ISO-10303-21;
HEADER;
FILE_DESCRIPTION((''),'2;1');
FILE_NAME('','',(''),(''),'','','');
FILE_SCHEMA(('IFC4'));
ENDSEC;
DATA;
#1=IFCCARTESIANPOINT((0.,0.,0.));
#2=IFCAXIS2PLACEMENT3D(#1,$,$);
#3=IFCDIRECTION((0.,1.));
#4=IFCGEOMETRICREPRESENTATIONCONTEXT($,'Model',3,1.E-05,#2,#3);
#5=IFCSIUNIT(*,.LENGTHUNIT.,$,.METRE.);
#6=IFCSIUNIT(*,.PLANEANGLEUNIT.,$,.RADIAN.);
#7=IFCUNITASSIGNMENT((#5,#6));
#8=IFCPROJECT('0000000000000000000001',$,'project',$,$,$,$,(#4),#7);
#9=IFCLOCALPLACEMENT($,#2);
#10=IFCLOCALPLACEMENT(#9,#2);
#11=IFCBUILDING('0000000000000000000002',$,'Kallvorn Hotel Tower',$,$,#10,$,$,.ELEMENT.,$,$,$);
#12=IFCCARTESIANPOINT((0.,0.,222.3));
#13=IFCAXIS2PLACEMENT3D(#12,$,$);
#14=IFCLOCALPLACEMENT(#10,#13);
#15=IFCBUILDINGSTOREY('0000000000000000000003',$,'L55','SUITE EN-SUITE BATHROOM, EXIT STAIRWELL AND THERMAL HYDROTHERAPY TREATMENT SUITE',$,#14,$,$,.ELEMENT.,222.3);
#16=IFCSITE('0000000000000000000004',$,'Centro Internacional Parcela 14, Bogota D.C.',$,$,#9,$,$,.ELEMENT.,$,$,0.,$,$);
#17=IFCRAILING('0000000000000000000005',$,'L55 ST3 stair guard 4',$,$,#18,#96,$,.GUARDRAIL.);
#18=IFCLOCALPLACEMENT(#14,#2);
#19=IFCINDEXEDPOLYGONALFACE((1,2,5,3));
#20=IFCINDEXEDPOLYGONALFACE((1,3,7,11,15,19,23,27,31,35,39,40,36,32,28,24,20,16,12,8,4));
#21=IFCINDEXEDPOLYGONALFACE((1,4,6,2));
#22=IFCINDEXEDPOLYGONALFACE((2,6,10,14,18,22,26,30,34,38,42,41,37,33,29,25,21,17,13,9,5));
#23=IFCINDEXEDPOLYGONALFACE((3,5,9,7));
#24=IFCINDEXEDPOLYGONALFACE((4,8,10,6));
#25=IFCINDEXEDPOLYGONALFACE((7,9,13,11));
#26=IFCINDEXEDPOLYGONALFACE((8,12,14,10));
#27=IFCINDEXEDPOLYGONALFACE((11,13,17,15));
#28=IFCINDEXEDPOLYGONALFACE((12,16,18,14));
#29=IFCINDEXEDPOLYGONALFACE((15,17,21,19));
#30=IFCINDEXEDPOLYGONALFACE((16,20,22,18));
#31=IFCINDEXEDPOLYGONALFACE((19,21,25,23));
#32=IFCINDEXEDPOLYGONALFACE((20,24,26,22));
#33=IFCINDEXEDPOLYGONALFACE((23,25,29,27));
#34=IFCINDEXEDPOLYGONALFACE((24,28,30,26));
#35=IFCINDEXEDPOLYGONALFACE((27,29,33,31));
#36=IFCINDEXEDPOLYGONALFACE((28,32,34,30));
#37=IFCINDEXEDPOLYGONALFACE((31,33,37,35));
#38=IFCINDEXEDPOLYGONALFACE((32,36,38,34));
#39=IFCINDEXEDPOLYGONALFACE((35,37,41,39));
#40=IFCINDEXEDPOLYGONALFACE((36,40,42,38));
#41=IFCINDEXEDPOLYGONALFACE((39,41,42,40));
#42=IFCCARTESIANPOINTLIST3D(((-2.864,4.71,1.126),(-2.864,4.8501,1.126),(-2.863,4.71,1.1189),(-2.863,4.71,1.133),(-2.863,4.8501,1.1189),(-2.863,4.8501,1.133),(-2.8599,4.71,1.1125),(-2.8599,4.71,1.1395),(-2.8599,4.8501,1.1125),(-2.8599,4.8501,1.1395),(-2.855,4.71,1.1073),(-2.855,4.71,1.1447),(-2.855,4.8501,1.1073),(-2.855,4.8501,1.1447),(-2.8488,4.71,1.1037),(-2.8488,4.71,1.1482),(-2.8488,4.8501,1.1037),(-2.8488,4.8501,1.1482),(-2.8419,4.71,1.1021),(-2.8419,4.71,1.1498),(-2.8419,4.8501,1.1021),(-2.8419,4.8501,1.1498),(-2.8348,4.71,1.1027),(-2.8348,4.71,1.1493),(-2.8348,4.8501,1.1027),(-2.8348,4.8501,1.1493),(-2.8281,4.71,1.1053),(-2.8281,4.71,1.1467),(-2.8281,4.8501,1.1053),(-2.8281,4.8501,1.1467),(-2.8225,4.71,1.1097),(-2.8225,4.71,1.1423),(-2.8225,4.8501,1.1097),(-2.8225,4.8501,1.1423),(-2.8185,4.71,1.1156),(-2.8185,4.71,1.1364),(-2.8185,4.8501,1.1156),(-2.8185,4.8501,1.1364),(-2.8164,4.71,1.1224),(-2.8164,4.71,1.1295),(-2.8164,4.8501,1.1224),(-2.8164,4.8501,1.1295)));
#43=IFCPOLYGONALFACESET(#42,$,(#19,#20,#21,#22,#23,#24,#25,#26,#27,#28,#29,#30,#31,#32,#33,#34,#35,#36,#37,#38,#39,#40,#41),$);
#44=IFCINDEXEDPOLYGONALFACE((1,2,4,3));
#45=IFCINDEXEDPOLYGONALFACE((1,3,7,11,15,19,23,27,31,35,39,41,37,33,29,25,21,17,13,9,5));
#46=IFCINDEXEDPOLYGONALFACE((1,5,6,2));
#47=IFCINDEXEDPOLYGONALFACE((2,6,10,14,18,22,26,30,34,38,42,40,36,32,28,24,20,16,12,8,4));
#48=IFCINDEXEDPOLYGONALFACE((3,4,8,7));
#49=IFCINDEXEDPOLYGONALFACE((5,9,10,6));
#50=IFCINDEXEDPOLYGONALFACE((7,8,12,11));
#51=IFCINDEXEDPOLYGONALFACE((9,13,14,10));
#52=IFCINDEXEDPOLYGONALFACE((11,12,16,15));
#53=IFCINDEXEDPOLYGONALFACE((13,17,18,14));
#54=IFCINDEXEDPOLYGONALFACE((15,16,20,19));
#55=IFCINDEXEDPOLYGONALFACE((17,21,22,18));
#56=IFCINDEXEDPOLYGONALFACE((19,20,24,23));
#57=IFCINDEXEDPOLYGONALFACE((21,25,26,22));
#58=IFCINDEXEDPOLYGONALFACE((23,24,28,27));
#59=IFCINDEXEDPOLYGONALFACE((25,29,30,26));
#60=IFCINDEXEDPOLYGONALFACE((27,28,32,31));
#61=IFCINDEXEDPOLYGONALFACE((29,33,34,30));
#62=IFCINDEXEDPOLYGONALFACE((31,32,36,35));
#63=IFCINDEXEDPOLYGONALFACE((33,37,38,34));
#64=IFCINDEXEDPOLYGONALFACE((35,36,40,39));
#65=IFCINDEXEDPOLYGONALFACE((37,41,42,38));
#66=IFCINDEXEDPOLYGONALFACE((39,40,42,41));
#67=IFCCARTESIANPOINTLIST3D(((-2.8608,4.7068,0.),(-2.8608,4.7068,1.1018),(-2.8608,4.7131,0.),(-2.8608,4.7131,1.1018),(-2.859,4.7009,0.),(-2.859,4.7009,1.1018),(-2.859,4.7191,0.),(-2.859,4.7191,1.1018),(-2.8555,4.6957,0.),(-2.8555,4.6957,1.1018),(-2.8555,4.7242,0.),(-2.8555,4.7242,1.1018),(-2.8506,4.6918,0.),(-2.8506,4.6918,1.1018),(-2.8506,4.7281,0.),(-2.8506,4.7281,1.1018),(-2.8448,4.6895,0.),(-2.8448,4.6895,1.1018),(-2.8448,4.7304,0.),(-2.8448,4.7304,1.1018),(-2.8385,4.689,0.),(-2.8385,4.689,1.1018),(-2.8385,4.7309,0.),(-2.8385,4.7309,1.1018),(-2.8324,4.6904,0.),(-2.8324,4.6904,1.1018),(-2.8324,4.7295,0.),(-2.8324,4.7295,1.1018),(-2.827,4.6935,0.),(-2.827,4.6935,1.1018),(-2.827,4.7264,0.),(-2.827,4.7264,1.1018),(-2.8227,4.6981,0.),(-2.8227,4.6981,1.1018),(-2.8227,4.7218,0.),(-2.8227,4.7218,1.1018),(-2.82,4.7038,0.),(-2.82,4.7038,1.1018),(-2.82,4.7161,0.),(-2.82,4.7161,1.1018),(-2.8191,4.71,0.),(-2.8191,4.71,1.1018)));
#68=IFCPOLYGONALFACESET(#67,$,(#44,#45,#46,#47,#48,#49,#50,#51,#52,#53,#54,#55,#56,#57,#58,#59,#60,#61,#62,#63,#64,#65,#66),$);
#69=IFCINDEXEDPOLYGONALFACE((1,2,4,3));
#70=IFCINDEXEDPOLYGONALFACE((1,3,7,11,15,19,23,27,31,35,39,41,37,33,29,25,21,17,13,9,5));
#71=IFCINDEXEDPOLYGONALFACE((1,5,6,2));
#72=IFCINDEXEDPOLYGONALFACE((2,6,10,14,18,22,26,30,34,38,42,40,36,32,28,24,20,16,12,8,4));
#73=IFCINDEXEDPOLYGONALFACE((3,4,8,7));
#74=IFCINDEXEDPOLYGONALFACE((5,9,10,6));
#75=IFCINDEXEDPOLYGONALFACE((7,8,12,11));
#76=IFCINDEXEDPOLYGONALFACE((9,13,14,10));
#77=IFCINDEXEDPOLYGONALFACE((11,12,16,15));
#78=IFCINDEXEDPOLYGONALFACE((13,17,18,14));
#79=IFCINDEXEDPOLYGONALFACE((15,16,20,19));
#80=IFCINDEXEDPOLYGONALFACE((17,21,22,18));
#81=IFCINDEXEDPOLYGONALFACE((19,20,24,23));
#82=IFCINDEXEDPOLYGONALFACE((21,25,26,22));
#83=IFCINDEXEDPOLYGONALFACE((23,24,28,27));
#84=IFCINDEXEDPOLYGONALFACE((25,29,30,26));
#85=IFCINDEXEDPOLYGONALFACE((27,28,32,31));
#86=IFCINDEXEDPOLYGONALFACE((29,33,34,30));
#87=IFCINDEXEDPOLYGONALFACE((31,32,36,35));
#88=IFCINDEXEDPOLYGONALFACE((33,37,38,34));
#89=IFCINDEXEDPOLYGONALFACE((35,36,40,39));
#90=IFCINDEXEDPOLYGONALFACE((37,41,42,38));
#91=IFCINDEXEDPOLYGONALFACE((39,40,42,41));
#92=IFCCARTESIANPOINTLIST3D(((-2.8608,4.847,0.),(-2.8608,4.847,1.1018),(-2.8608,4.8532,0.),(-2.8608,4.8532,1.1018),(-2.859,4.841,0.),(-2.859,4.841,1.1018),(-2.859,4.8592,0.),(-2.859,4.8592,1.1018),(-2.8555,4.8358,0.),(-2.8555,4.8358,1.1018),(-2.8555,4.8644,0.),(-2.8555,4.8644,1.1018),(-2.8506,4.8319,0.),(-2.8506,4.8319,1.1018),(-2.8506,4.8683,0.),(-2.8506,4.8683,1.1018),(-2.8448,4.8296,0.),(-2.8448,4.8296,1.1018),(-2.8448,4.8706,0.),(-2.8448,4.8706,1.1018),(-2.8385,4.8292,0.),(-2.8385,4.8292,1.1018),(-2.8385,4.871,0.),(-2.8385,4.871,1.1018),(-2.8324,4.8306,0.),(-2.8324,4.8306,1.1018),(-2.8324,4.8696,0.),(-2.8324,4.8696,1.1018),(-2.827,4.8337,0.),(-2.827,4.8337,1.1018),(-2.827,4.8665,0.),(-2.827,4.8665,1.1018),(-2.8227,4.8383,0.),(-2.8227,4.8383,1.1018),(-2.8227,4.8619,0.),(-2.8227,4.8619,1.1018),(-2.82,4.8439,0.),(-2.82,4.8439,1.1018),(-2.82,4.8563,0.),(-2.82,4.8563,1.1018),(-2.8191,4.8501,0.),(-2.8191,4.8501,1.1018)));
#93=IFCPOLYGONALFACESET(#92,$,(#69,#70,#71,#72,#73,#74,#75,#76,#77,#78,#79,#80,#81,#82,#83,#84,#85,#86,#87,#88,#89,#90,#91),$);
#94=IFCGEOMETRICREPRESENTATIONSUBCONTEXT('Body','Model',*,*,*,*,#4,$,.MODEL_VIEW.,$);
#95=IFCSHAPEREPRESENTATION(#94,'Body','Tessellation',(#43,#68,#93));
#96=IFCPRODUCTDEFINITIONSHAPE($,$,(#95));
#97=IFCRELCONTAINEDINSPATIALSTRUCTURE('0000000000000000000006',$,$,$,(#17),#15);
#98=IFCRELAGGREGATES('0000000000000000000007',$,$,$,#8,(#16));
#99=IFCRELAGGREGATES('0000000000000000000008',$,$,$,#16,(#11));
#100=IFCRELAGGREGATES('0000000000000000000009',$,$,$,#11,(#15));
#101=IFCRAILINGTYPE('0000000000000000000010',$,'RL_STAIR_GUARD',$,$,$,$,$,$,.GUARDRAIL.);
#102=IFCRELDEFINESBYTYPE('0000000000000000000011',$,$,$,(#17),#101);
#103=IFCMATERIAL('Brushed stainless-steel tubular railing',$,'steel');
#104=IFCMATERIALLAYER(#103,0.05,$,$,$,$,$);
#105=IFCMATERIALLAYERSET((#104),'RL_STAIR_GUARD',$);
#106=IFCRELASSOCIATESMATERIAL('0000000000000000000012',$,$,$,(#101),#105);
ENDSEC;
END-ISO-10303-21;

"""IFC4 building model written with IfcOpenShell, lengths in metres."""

from ifc_helpers import new_model, si_unit, direction, frame, origin, origin_2d, place, context, subcontext, project, spatial, circle, extrude, material, layer, layer_set, type_object, element, save


model = new_model("IFC4")

# Units and contexts
model_context = context("Model", 3, precision=1e-05, world=origin(), true_north=direction((0.0, 1.0)))
body_context = subcontext(model_context, "Body", "Model", "MODEL_VIEW")
ifc_project = project(units=[si_unit("LENGTHUNIT", "METRE"), si_unit("PLANEANGLEUNIT", "RADIAN")], contexts=[model_context])

# Site, building, storey
site_placement = place(None, origin())
site = spatial("IfcSite", under=ifc_project, at=site_placement, Name="Centro Internacional Parcela 14, Bogota D.C.", CompositionType="ELEMENT", RefElevation=0.0)
building_placement = place(site_placement, origin())
building = spatial("IfcBuilding", under=site, at=building_placement, Name="Kallvorn Hotel Tower", CompositionType="ELEMENT")
storey_placement = place(building_placement, frame((0.0, 0.0, 222.3)))
storey = spatial("IfcBuildingStorey", under=building, at=storey_placement, Name="L55", Description="SUITE EN-SUITE BATHROOM, EXIT STAIRWELL AND THERMAL HYDROTHERAPY TREATMENT SUITE", CompositionType="ELEMENT", Elevation=222.3)

# Railing
ifc_material_1 = material(Name="Brushed stainless-steel tubular railing", Category="steel")
ifc_layer_1 = layer(ifc_material_1, 0.05)
ifc_layer_set_1 = layer_set([ifc_layer_1], Name="RL_STAIR_GUARD")
railing_type_1 = type_object("IfcRailingType", Name="RL_STAIR_GUARD", PredefinedType="GUARDRAIL", material=ifc_layer_set_1)
railing_1_placement = place(storey_placement, frame((-2.8401, 4.71, 0.0)))
element("IfcRailing", 1, at=railing_1_placement, inside=storey, type_object=railing_type_1, Name="L55 ST3 stair guard 4", PredefinedType="GUARDRAIL", context=body_context, shape_type="SweptSolid", body=[
    extrude(circle(Radius=0.0239, at=origin_2d()), frame((0.0, 0.0, 1.126), z_axis=(0.0, 1.0, 0.0), x_axis=(-1.0, 0.0, 0.0)), (0.0, 0.0, 1.0), 0.1401),
    extrude(circle(Radius=0.021, at=origin_2d()), origin(), (0.0, 0.0, 1.0), 1.1018),
    extrude(circle(Radius=0.021, at=origin_2d()), frame((0.0, 0.1401, 0.0)), (0.0, 0.0, 1.0), 1.1018),
])

save(model, "model.ifc")
